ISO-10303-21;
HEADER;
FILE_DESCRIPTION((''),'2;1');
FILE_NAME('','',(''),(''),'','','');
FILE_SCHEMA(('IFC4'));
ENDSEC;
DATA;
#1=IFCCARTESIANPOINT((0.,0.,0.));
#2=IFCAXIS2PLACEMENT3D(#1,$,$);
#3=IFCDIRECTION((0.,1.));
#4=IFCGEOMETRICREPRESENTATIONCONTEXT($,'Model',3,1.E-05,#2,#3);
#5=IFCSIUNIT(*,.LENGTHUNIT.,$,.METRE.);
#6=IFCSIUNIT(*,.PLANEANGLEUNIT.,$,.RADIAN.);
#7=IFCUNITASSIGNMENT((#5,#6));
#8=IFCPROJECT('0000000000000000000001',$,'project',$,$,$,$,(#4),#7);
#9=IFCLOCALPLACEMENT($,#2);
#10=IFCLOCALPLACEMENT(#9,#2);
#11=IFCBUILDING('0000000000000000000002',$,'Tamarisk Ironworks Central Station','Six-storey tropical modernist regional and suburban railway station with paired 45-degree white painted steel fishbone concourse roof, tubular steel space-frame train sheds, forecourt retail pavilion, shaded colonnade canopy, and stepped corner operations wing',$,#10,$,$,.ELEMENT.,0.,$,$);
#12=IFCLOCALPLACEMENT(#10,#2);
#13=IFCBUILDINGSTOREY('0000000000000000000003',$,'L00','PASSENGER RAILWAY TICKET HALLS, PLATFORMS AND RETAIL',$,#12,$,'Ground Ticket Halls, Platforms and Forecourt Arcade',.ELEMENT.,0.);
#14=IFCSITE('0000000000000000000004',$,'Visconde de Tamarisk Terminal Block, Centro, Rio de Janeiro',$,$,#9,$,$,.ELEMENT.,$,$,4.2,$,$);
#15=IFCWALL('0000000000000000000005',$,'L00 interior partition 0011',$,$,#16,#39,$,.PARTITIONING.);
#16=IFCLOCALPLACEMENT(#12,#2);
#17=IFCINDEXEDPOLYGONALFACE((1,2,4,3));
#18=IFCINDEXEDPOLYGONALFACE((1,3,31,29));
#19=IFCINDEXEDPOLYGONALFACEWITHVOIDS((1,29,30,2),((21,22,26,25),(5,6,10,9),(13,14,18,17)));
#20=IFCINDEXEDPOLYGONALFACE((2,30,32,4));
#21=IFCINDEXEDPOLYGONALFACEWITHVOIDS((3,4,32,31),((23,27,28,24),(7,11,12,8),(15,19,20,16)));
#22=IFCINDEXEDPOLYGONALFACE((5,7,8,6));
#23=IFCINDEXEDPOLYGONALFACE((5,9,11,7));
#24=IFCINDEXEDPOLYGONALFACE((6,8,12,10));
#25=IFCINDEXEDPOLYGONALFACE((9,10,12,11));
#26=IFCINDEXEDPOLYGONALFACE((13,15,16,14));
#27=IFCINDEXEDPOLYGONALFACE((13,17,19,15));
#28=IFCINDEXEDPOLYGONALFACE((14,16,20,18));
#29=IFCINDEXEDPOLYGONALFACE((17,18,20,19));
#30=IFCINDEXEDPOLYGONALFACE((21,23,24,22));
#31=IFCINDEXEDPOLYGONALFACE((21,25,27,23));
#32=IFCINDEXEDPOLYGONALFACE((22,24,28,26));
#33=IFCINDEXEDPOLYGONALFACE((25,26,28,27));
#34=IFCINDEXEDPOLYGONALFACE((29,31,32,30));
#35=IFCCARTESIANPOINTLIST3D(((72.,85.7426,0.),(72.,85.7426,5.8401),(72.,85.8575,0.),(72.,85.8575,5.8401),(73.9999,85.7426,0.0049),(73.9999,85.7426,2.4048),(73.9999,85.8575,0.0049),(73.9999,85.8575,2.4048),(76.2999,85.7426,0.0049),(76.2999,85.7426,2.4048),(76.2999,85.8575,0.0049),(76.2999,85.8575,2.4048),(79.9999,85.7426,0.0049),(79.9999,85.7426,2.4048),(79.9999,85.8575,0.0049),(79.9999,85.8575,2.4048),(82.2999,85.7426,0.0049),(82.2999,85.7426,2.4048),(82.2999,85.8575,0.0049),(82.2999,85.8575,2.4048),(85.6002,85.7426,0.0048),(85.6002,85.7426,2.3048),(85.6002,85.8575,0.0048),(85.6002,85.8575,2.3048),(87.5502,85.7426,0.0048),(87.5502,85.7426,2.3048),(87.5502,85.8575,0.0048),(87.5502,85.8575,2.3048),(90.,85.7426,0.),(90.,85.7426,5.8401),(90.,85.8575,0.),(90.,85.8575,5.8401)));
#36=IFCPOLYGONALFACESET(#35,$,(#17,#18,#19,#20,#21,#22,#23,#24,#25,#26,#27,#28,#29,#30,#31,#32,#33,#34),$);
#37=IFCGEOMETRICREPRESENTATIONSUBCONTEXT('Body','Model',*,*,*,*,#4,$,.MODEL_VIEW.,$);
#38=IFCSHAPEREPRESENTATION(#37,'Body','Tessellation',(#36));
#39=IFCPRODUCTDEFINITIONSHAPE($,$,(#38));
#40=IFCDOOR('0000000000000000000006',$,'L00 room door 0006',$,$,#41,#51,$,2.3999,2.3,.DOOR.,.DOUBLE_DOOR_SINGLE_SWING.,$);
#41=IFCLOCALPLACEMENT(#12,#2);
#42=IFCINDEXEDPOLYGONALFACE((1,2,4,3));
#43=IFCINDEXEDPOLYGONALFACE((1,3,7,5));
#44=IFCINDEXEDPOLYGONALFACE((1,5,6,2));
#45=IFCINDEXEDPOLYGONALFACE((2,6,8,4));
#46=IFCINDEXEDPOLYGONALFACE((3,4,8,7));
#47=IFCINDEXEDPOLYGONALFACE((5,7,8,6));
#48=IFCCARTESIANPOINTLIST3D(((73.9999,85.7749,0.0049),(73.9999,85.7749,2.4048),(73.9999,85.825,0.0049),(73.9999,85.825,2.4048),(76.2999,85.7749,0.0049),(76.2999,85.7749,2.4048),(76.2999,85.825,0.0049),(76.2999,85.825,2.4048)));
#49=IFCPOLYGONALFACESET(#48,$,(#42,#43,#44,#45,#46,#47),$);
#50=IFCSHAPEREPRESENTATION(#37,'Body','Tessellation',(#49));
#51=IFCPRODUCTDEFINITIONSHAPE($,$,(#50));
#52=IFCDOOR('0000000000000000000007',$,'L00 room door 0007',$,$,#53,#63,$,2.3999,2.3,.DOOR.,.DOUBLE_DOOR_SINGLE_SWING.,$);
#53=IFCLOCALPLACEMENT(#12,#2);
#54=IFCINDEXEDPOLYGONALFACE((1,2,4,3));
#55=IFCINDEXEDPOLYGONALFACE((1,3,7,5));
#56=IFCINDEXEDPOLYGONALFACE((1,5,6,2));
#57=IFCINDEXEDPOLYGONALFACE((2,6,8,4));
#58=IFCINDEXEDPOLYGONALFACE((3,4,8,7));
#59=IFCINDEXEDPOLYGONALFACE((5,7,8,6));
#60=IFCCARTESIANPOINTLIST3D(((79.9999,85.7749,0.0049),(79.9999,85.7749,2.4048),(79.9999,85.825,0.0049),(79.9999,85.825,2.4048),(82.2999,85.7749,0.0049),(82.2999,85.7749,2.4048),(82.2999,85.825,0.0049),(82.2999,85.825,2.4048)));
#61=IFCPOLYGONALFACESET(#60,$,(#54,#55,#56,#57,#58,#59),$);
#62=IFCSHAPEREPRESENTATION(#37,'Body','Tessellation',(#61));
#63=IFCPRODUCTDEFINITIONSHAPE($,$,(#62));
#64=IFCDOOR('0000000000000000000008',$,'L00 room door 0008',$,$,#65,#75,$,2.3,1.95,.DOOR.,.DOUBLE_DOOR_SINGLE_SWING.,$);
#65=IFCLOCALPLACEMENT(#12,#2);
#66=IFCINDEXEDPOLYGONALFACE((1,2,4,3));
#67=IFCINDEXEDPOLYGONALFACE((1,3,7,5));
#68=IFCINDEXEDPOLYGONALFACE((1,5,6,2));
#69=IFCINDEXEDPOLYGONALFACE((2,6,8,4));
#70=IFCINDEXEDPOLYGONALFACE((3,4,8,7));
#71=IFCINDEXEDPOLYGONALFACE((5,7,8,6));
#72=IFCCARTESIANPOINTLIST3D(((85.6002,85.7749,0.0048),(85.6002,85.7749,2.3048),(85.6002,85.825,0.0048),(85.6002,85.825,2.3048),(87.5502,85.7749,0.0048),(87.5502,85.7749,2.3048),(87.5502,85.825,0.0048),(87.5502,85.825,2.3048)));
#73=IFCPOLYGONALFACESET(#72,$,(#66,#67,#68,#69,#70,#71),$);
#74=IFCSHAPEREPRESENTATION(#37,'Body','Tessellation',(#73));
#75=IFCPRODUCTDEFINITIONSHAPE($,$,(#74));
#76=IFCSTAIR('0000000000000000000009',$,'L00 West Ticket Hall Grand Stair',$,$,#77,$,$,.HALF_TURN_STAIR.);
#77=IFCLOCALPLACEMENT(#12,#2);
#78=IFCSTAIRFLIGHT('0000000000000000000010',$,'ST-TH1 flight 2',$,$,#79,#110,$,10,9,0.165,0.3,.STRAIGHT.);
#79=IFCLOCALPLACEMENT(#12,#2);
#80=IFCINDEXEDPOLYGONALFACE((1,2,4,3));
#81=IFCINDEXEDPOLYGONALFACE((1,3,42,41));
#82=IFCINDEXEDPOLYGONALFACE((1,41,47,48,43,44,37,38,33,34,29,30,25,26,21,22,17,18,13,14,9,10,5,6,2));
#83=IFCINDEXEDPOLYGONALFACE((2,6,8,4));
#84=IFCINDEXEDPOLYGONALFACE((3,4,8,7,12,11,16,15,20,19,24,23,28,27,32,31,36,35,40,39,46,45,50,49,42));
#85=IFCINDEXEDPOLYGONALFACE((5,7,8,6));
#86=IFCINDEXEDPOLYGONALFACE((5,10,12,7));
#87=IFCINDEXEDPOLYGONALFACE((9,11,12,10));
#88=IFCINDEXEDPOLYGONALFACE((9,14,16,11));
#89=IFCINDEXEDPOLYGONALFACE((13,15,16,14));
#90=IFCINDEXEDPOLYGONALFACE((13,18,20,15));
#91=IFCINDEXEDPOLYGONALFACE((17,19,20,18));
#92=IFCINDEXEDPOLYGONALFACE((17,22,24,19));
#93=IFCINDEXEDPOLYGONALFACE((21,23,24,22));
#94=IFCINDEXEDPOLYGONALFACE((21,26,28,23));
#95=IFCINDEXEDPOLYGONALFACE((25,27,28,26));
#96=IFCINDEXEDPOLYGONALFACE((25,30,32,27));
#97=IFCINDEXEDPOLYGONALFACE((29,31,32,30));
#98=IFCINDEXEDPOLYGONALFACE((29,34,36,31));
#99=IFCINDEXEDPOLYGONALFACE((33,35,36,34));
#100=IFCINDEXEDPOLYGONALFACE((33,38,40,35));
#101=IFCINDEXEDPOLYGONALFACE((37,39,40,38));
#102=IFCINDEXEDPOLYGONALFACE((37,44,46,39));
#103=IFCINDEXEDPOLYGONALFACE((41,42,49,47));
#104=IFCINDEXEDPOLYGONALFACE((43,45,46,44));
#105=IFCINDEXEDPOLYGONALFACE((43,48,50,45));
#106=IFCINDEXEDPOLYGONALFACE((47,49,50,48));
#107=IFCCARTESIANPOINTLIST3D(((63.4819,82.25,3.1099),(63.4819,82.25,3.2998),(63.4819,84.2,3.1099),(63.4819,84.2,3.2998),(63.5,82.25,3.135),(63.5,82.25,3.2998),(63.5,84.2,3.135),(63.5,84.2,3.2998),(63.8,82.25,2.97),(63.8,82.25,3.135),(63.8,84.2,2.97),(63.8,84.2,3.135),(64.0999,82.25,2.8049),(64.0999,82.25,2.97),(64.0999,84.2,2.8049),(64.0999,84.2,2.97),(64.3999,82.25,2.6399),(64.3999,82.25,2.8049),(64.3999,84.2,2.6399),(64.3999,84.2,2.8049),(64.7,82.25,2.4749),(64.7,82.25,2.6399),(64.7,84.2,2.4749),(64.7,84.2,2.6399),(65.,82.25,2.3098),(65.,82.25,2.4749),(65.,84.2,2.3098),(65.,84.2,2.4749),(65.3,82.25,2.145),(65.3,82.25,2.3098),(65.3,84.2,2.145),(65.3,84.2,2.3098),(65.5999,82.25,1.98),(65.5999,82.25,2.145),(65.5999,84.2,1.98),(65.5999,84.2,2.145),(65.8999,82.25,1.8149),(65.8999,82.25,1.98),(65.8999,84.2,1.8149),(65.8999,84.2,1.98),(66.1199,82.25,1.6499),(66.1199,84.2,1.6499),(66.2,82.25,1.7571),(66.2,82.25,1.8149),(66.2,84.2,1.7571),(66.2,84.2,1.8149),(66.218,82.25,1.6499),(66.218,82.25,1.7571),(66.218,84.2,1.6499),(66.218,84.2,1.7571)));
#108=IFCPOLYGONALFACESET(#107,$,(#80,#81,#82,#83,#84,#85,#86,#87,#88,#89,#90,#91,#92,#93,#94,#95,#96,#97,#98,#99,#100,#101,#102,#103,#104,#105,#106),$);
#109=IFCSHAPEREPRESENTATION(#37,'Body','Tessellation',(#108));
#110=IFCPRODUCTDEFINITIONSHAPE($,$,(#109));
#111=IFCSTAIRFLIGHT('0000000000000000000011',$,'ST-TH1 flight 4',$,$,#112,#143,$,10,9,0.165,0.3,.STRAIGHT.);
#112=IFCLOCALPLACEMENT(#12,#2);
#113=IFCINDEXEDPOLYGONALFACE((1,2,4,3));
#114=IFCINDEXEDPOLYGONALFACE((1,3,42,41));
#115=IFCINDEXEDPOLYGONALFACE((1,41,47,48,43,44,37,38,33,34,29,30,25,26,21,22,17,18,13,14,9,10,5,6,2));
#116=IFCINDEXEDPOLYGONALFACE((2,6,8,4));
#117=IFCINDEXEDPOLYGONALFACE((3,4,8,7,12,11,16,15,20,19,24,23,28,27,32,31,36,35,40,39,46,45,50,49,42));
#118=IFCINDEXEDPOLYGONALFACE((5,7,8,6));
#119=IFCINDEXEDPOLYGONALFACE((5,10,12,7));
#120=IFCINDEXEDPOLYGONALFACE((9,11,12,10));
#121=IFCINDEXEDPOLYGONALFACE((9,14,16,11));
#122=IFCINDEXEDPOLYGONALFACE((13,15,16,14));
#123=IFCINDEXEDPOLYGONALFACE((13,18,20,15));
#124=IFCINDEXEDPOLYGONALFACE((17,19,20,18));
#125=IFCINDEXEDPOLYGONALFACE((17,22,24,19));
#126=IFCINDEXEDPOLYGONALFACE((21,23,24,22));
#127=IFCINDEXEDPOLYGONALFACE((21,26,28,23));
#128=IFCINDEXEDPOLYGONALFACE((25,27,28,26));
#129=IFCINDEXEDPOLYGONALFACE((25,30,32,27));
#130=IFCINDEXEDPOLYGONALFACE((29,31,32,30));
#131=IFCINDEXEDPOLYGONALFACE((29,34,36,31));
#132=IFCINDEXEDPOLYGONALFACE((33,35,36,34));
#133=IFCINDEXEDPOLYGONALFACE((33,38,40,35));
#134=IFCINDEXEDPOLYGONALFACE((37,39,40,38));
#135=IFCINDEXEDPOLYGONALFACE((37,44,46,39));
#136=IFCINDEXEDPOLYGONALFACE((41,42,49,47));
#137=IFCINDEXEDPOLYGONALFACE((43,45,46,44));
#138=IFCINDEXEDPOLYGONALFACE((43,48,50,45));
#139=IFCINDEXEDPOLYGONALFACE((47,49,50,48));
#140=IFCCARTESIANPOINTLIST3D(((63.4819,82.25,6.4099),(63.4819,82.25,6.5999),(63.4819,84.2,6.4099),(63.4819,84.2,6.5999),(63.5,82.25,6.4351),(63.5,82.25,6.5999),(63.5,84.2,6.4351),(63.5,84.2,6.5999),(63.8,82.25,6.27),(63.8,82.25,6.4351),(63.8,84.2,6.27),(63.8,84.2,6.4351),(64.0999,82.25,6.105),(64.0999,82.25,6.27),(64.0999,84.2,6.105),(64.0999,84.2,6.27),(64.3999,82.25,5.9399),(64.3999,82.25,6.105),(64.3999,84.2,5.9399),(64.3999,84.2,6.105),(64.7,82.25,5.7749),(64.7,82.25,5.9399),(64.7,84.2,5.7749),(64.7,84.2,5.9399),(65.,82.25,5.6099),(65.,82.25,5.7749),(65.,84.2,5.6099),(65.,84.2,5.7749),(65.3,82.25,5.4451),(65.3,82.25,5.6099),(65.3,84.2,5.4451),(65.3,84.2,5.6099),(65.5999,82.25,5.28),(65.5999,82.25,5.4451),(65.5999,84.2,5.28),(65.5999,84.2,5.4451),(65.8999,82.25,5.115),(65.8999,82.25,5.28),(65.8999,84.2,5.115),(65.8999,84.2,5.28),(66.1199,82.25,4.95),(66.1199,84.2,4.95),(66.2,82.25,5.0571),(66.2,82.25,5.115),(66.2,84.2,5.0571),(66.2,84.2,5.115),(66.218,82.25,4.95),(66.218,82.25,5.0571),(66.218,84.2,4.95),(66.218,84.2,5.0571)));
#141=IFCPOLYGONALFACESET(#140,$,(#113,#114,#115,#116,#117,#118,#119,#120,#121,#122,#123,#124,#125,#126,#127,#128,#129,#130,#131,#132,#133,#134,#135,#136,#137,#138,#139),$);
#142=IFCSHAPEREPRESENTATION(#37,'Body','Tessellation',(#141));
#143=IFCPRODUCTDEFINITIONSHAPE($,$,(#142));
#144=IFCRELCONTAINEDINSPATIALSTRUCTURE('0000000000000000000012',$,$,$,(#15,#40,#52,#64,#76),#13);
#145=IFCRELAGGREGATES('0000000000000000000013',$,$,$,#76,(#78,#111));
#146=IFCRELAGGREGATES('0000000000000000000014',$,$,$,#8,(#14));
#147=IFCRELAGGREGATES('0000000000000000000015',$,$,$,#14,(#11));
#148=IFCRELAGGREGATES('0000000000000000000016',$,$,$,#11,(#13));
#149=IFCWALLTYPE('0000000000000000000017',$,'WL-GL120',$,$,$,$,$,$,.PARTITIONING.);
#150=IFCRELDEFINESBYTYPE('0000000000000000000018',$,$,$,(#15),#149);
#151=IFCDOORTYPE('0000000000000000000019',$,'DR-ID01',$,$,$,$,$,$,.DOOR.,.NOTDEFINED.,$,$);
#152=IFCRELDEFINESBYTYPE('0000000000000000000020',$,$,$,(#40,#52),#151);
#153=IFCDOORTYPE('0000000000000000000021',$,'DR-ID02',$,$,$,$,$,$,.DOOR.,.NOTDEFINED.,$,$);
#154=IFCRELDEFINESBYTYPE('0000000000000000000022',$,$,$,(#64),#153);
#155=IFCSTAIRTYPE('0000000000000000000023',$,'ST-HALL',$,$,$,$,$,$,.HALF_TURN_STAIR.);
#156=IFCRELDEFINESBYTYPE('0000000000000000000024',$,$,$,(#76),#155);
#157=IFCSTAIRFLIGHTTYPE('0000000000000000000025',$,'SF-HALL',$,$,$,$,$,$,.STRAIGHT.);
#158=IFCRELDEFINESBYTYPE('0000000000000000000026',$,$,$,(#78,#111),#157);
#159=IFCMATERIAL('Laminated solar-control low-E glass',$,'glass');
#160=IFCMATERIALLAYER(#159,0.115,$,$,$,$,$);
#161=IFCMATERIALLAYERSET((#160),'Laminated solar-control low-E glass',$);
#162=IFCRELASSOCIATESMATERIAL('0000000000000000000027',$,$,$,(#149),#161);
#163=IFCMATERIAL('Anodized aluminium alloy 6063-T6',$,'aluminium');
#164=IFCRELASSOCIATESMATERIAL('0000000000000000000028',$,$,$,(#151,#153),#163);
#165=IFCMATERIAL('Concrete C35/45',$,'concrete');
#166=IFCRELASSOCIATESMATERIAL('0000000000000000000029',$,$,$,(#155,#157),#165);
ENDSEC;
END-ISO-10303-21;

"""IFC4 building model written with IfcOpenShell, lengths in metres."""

from ifc_helpers import new_model, si_unit, direction, frame, frame_2d, origin, place, context, subcontext, project, spatial, polyline, rectangle, outline, extrude, material, layer, layer_set, type_object, element, fill, aggregate, save


model = new_model("IFC4")

# Units and contexts
model_context = context("Model", 3, precision=1e-05, world=origin(), true_north=direction((0.0, 1.0)))
body_context = subcontext(model_context, "Body", "Model", "MODEL_VIEW")
ifc_project = project(units=[si_unit("LENGTHUNIT", "METRE"), si_unit("PLANEANGLEUNIT", "RADIAN")], contexts=[model_context])

# Site, building, storey
site_placement = place(None, origin())
site = spatial("IfcSite", under=ifc_project, at=site_placement, Name="Visconde de Tamarisk Terminal Block, Centro, Rio de Janeiro", CompositionType="ELEMENT", RefElevation=4.2)
building_placement = place(site_placement, origin())
building = spatial("IfcBuilding", under=site, at=building_placement, Name="Tamarisk Ironworks Central Station", Description="Six-storey tropical modernist regional and suburban railway station with paired 45-degree white painted steel fishbone concourse roof, tubular steel space-frame train sheds, forecourt retail pavilion, shaded colonnade canopy, and stepped corner operations wing", CompositionType="ELEMENT", ElevationOfRefHeight=0.0)
storey_placement = place(building_placement, origin())
storey = spatial("IfcBuildingStorey", under=building, at=storey_placement, Name="L00", Description="PASSENGER RAILWAY TICKET HALLS, PLATFORMS AND RETAIL", LongName="Ground Ticket Halls, Platforms and Forecourt Arcade", CompositionType="ELEMENT", Elevation=0.0)

# Wall, openings, doors
ifc_material_1 = material(Name="Laminated solar-control low-E glass", Category="glass")
ifc_layer = layer(ifc_material_1, 0.115)
ifc_layer_set = layer_set([ifc_layer], Name="Laminated solar-control low-E glass")
wall_type = type_object("IfcWallType", Name="WL-GL120", PredefinedType="PARTITIONING", material=ifc_layer_set)
wall_placement = place(storey_placement, frame((72.0, 85.8, 0.0), z_axis=(0.0, 0.0, 1.0), x_axis=(1.0, 0.0, 0.0)))
wall = element("IfcWall", 1, at=wall_placement, inside=storey, type_object=wall_type, Name="L00 interior partition 0011", PredefinedType="PARTITIONING", context=body_context, shape_type="SweptSolid", body=[
    extrude(rectangle(XDim=18.0, YDim=0.115, at=frame_2d((9.0, 0.0))), origin(), (0.0, 0.0, 1.0), 5.8401),
])
opening_1_placement = place(wall_placement, frame((2.0, 0.0, 0.0049)))
opening_1 = element("IfcOpeningElement", 2, at=opening_1_placement, cuts=wall, PredefinedType="OPENING", context=body_context, shape_type="SweptSolid", body=[
    extrude(rectangle(XDim=2.3, YDim=2.3999, at=frame_2d((1.1499, 1.2))), frame((0.0, 0.0693, 0.0), z_axis=(0.0, -1.0, 0.0), x_axis=(1.0, 0.0, 0.0)), (0.0, 0.0, 1.0), 0.1389),
])
opening_2_placement = place(wall_placement, frame((8.0, 0.0, 0.0049)))
opening_2 = element("IfcOpeningElement", 3, at=opening_2_placement, cuts=wall, PredefinedType="OPENING", context=body_context, shape_type="SweptSolid", body=[
    extrude(rectangle(XDim=2.3, YDim=2.3999, at=frame_2d((1.1499, 1.2))), frame((0.0, 0.0693, 0.0), z_axis=(0.0, -1.0, 0.0), x_axis=(1.0, 0.0, 0.0)), (0.0, 0.0, 1.0), 0.1389),
])
opening_3_placement = place(wall_placement, frame((13.6001, 0.0, 0.0049)))
opening_3 = element("IfcOpeningElement", 4, at=opening_3_placement, cuts=wall, PredefinedType="OPENING", context=body_context, shape_type="SweptSolid", body=[
    extrude(rectangle(XDim=1.95, YDim=2.3, at=frame_2d((0.9751, 1.1499))), frame((0.0, 0.0693, 0.0), z_axis=(0.0, -1.0, 0.0), x_axis=(1.0, 0.0, 0.0)), (0.0, 0.0, 1.0), 0.1389),
])
ifc_material_2 = material(Name="Anodized aluminium alloy 6063-T6", Category="aluminium")
door_type_1 = type_object("IfcDoorType", Name="DR-ID01", OperationType="NOTDEFINED", PredefinedType="DOOR", material=ifc_material_2)
door_1_placement = place(opening_1_placement, origin())
door_1 = element("IfcDoor", 5, at=door_1_placement, inside=storey, type_object=door_type_1, Name="L00 room door 0006", OperationType="DOUBLE_DOOR_SINGLE_SWING", OverallHeight=2.3999, OverallWidth=2.3, PredefinedType="DOOR", context=body_context, shape_type="SweptSolid", body=[
    extrude(rectangle(XDim=2.3, YDim=2.3999, at=frame_2d((1.1499, 1.2))), frame((0.0, 0.0249, 0.0), z_axis=(0.0, -1.0, 0.0), x_axis=(1.0, 0.0, 0.0)), (0.0, 0.0, 1.0), 0.05),
])
fill(opening_1, door_1)
door_2_placement = place(opening_2_placement, origin())
door_2 = element("IfcDoor", 6, at=door_2_placement, inside=storey, type_object=door_type_1, Name="L00 room door 0007", OperationType="DOUBLE_DOOR_SINGLE_SWING", OverallHeight=2.3999, OverallWidth=2.3, PredefinedType="DOOR", context=body_context, shape_type="SweptSolid", body=[
    extrude(rectangle(XDim=2.3, YDim=2.3999, at=frame_2d((1.1499, 1.2))), frame((0.0, 0.0249, 0.0), z_axis=(0.0, -1.0, 0.0), x_axis=(1.0, 0.0, 0.0)), (0.0, 0.0, 1.0), 0.05),
])
fill(opening_2, door_2)
door_type_2 = type_object("IfcDoorType", Name="DR-ID02", OperationType="NOTDEFINED", PredefinedType="DOOR", material=ifc_material_2)
door_3_placement = place(opening_3_placement, origin())
door_3 = element("IfcDoor", 7, at=door_3_placement, inside=storey, type_object=door_type_2, Name="L00 room door 0008", OperationType="DOUBLE_DOOR_SINGLE_SWING", OverallHeight=2.3, OverallWidth=1.95, PredefinedType="DOOR", context=body_context, shape_type="SweptSolid", body=[
    extrude(rectangle(XDim=1.95, YDim=2.3, at=frame_2d((0.9751, 1.1499))), frame((0.0, 0.0249, 0.0), z_axis=(0.0, -1.0, 0.0), x_axis=(1.0, 0.0, 0.0)), (0.0, 0.0, 1.0), 0.05),
])
fill(opening_3, door_3)

# Stair, stair flights
ifc_material_3 = material(Name="Concrete C35/45", Category="concrete")
stair_type = type_object("IfcStairType", Name="ST-HALL", PredefinedType="HALF_TURN_STAIR", material=ifc_material_3)
stair_placement = place(storey_placement, origin())
stair = element("IfcStair", 8, at=stair_placement, inside=storey, type_object=stair_type, Name="L00 West Ticket Hall Grand Stair", PredefinedType="HALF_TURN_STAIR")
stair_flight_type = type_object("IfcStairFlightType", Name="SF-HALL", PredefinedType="STRAIGHT", material=ifc_material_3)
stair_flight_1_placement = place(storey_placement, frame((66.2, 83.2251, 1.6499), z_axis=(0.0, 0.0, 1.0), x_axis=(-1.0, 0.0, 0.0)))
stair_flight_1 = element("IfcStairFlight", 9, at=stair_flight_1_placement, type_object=stair_flight_type, Name="ST-TH1 flight 2", NumberOfRisers=10, NumberOfTreads=9, PredefinedType="STRAIGHT", RiserHeight=0.165, TreadLength=0.3, context=body_context, shape_type="SweptSolid", body=[
    extrude(outline(polyline([(-0.0181, 0.0), (-0.0181, 0.1072), (0.0, 0.1072), (0.0, 0.165), (0.3, 0.165), (0.3, 0.3301), (0.6001, 0.3301), (0.6001, 0.4951), (0.8999, 0.4951), (0.8999, 0.6599), (1.2, 0.6599), (1.2, 0.825), (1.5, 0.825), (1.5, 0.99), (1.8, 0.99), (1.8, 1.155), (2.1001, 1.155), (2.1001, 1.3201), (2.3999, 1.3201), (2.3999, 1.4851), (2.7, 1.4851), (2.7, 1.6499), (2.718, 1.6499), (2.718, 1.46), (0.0801, 0.0), (-0.0181, 0.0)])), frame((0.0, 0.9751, 0.0), z_axis=(0.0, -1.0, 0.0), x_axis=(1.0, 0.0, 0.0)), (0.0, 0.0, 1.0), 1.95),
])
stair_flight_2_placement = place(storey_placement, frame((66.2, 83.2251, 4.95), z_axis=(0.0, 0.0, 1.0), x_axis=(-1.0, 0.0, 0.0)))
stair_flight_2 = element("IfcStairFlight", 10, at=stair_flight_2_placement, type_object=stair_flight_type, Name="ST-TH1 flight 4", NumberOfRisers=10, NumberOfTreads=9, PredefinedType="STRAIGHT", RiserHeight=0.165, TreadLength=0.3, context=body_context, shape_type="SweptSolid", body=[
    extrude(outline(polyline([(-0.0181, 0.0), (-0.0181, 0.1072), (0.0, 0.1072), (0.0, 0.165), (0.3, 0.165), (0.3, 0.3301), (0.6001, 0.3301), (0.6001, 0.4951), (0.8999, 0.4951), (0.8999, 0.6599), (1.2, 0.6599), (1.2, 0.825), (1.5, 0.825), (1.5, 0.99), (1.8, 0.99), (1.8, 1.155), (2.1001, 1.155), (2.1001, 1.3201), (2.3999, 1.3201), (2.3999, 1.4851), (2.7, 1.4851), (2.7, 1.6499), (2.718, 1.6499), (2.718, 1.46), (0.0801, 0.0), (-0.0181, 0.0)])), frame((0.0, 0.9751, 0.0), z_axis=(0.0, -1.0, 0.0), x_axis=(1.0, 0.0, 0.0)), (0.0, 0.0, 1.0), 1.95),
])
aggregate(stair, [stair_flight_1, stair_flight_2])

save(model, "model.ifc")
